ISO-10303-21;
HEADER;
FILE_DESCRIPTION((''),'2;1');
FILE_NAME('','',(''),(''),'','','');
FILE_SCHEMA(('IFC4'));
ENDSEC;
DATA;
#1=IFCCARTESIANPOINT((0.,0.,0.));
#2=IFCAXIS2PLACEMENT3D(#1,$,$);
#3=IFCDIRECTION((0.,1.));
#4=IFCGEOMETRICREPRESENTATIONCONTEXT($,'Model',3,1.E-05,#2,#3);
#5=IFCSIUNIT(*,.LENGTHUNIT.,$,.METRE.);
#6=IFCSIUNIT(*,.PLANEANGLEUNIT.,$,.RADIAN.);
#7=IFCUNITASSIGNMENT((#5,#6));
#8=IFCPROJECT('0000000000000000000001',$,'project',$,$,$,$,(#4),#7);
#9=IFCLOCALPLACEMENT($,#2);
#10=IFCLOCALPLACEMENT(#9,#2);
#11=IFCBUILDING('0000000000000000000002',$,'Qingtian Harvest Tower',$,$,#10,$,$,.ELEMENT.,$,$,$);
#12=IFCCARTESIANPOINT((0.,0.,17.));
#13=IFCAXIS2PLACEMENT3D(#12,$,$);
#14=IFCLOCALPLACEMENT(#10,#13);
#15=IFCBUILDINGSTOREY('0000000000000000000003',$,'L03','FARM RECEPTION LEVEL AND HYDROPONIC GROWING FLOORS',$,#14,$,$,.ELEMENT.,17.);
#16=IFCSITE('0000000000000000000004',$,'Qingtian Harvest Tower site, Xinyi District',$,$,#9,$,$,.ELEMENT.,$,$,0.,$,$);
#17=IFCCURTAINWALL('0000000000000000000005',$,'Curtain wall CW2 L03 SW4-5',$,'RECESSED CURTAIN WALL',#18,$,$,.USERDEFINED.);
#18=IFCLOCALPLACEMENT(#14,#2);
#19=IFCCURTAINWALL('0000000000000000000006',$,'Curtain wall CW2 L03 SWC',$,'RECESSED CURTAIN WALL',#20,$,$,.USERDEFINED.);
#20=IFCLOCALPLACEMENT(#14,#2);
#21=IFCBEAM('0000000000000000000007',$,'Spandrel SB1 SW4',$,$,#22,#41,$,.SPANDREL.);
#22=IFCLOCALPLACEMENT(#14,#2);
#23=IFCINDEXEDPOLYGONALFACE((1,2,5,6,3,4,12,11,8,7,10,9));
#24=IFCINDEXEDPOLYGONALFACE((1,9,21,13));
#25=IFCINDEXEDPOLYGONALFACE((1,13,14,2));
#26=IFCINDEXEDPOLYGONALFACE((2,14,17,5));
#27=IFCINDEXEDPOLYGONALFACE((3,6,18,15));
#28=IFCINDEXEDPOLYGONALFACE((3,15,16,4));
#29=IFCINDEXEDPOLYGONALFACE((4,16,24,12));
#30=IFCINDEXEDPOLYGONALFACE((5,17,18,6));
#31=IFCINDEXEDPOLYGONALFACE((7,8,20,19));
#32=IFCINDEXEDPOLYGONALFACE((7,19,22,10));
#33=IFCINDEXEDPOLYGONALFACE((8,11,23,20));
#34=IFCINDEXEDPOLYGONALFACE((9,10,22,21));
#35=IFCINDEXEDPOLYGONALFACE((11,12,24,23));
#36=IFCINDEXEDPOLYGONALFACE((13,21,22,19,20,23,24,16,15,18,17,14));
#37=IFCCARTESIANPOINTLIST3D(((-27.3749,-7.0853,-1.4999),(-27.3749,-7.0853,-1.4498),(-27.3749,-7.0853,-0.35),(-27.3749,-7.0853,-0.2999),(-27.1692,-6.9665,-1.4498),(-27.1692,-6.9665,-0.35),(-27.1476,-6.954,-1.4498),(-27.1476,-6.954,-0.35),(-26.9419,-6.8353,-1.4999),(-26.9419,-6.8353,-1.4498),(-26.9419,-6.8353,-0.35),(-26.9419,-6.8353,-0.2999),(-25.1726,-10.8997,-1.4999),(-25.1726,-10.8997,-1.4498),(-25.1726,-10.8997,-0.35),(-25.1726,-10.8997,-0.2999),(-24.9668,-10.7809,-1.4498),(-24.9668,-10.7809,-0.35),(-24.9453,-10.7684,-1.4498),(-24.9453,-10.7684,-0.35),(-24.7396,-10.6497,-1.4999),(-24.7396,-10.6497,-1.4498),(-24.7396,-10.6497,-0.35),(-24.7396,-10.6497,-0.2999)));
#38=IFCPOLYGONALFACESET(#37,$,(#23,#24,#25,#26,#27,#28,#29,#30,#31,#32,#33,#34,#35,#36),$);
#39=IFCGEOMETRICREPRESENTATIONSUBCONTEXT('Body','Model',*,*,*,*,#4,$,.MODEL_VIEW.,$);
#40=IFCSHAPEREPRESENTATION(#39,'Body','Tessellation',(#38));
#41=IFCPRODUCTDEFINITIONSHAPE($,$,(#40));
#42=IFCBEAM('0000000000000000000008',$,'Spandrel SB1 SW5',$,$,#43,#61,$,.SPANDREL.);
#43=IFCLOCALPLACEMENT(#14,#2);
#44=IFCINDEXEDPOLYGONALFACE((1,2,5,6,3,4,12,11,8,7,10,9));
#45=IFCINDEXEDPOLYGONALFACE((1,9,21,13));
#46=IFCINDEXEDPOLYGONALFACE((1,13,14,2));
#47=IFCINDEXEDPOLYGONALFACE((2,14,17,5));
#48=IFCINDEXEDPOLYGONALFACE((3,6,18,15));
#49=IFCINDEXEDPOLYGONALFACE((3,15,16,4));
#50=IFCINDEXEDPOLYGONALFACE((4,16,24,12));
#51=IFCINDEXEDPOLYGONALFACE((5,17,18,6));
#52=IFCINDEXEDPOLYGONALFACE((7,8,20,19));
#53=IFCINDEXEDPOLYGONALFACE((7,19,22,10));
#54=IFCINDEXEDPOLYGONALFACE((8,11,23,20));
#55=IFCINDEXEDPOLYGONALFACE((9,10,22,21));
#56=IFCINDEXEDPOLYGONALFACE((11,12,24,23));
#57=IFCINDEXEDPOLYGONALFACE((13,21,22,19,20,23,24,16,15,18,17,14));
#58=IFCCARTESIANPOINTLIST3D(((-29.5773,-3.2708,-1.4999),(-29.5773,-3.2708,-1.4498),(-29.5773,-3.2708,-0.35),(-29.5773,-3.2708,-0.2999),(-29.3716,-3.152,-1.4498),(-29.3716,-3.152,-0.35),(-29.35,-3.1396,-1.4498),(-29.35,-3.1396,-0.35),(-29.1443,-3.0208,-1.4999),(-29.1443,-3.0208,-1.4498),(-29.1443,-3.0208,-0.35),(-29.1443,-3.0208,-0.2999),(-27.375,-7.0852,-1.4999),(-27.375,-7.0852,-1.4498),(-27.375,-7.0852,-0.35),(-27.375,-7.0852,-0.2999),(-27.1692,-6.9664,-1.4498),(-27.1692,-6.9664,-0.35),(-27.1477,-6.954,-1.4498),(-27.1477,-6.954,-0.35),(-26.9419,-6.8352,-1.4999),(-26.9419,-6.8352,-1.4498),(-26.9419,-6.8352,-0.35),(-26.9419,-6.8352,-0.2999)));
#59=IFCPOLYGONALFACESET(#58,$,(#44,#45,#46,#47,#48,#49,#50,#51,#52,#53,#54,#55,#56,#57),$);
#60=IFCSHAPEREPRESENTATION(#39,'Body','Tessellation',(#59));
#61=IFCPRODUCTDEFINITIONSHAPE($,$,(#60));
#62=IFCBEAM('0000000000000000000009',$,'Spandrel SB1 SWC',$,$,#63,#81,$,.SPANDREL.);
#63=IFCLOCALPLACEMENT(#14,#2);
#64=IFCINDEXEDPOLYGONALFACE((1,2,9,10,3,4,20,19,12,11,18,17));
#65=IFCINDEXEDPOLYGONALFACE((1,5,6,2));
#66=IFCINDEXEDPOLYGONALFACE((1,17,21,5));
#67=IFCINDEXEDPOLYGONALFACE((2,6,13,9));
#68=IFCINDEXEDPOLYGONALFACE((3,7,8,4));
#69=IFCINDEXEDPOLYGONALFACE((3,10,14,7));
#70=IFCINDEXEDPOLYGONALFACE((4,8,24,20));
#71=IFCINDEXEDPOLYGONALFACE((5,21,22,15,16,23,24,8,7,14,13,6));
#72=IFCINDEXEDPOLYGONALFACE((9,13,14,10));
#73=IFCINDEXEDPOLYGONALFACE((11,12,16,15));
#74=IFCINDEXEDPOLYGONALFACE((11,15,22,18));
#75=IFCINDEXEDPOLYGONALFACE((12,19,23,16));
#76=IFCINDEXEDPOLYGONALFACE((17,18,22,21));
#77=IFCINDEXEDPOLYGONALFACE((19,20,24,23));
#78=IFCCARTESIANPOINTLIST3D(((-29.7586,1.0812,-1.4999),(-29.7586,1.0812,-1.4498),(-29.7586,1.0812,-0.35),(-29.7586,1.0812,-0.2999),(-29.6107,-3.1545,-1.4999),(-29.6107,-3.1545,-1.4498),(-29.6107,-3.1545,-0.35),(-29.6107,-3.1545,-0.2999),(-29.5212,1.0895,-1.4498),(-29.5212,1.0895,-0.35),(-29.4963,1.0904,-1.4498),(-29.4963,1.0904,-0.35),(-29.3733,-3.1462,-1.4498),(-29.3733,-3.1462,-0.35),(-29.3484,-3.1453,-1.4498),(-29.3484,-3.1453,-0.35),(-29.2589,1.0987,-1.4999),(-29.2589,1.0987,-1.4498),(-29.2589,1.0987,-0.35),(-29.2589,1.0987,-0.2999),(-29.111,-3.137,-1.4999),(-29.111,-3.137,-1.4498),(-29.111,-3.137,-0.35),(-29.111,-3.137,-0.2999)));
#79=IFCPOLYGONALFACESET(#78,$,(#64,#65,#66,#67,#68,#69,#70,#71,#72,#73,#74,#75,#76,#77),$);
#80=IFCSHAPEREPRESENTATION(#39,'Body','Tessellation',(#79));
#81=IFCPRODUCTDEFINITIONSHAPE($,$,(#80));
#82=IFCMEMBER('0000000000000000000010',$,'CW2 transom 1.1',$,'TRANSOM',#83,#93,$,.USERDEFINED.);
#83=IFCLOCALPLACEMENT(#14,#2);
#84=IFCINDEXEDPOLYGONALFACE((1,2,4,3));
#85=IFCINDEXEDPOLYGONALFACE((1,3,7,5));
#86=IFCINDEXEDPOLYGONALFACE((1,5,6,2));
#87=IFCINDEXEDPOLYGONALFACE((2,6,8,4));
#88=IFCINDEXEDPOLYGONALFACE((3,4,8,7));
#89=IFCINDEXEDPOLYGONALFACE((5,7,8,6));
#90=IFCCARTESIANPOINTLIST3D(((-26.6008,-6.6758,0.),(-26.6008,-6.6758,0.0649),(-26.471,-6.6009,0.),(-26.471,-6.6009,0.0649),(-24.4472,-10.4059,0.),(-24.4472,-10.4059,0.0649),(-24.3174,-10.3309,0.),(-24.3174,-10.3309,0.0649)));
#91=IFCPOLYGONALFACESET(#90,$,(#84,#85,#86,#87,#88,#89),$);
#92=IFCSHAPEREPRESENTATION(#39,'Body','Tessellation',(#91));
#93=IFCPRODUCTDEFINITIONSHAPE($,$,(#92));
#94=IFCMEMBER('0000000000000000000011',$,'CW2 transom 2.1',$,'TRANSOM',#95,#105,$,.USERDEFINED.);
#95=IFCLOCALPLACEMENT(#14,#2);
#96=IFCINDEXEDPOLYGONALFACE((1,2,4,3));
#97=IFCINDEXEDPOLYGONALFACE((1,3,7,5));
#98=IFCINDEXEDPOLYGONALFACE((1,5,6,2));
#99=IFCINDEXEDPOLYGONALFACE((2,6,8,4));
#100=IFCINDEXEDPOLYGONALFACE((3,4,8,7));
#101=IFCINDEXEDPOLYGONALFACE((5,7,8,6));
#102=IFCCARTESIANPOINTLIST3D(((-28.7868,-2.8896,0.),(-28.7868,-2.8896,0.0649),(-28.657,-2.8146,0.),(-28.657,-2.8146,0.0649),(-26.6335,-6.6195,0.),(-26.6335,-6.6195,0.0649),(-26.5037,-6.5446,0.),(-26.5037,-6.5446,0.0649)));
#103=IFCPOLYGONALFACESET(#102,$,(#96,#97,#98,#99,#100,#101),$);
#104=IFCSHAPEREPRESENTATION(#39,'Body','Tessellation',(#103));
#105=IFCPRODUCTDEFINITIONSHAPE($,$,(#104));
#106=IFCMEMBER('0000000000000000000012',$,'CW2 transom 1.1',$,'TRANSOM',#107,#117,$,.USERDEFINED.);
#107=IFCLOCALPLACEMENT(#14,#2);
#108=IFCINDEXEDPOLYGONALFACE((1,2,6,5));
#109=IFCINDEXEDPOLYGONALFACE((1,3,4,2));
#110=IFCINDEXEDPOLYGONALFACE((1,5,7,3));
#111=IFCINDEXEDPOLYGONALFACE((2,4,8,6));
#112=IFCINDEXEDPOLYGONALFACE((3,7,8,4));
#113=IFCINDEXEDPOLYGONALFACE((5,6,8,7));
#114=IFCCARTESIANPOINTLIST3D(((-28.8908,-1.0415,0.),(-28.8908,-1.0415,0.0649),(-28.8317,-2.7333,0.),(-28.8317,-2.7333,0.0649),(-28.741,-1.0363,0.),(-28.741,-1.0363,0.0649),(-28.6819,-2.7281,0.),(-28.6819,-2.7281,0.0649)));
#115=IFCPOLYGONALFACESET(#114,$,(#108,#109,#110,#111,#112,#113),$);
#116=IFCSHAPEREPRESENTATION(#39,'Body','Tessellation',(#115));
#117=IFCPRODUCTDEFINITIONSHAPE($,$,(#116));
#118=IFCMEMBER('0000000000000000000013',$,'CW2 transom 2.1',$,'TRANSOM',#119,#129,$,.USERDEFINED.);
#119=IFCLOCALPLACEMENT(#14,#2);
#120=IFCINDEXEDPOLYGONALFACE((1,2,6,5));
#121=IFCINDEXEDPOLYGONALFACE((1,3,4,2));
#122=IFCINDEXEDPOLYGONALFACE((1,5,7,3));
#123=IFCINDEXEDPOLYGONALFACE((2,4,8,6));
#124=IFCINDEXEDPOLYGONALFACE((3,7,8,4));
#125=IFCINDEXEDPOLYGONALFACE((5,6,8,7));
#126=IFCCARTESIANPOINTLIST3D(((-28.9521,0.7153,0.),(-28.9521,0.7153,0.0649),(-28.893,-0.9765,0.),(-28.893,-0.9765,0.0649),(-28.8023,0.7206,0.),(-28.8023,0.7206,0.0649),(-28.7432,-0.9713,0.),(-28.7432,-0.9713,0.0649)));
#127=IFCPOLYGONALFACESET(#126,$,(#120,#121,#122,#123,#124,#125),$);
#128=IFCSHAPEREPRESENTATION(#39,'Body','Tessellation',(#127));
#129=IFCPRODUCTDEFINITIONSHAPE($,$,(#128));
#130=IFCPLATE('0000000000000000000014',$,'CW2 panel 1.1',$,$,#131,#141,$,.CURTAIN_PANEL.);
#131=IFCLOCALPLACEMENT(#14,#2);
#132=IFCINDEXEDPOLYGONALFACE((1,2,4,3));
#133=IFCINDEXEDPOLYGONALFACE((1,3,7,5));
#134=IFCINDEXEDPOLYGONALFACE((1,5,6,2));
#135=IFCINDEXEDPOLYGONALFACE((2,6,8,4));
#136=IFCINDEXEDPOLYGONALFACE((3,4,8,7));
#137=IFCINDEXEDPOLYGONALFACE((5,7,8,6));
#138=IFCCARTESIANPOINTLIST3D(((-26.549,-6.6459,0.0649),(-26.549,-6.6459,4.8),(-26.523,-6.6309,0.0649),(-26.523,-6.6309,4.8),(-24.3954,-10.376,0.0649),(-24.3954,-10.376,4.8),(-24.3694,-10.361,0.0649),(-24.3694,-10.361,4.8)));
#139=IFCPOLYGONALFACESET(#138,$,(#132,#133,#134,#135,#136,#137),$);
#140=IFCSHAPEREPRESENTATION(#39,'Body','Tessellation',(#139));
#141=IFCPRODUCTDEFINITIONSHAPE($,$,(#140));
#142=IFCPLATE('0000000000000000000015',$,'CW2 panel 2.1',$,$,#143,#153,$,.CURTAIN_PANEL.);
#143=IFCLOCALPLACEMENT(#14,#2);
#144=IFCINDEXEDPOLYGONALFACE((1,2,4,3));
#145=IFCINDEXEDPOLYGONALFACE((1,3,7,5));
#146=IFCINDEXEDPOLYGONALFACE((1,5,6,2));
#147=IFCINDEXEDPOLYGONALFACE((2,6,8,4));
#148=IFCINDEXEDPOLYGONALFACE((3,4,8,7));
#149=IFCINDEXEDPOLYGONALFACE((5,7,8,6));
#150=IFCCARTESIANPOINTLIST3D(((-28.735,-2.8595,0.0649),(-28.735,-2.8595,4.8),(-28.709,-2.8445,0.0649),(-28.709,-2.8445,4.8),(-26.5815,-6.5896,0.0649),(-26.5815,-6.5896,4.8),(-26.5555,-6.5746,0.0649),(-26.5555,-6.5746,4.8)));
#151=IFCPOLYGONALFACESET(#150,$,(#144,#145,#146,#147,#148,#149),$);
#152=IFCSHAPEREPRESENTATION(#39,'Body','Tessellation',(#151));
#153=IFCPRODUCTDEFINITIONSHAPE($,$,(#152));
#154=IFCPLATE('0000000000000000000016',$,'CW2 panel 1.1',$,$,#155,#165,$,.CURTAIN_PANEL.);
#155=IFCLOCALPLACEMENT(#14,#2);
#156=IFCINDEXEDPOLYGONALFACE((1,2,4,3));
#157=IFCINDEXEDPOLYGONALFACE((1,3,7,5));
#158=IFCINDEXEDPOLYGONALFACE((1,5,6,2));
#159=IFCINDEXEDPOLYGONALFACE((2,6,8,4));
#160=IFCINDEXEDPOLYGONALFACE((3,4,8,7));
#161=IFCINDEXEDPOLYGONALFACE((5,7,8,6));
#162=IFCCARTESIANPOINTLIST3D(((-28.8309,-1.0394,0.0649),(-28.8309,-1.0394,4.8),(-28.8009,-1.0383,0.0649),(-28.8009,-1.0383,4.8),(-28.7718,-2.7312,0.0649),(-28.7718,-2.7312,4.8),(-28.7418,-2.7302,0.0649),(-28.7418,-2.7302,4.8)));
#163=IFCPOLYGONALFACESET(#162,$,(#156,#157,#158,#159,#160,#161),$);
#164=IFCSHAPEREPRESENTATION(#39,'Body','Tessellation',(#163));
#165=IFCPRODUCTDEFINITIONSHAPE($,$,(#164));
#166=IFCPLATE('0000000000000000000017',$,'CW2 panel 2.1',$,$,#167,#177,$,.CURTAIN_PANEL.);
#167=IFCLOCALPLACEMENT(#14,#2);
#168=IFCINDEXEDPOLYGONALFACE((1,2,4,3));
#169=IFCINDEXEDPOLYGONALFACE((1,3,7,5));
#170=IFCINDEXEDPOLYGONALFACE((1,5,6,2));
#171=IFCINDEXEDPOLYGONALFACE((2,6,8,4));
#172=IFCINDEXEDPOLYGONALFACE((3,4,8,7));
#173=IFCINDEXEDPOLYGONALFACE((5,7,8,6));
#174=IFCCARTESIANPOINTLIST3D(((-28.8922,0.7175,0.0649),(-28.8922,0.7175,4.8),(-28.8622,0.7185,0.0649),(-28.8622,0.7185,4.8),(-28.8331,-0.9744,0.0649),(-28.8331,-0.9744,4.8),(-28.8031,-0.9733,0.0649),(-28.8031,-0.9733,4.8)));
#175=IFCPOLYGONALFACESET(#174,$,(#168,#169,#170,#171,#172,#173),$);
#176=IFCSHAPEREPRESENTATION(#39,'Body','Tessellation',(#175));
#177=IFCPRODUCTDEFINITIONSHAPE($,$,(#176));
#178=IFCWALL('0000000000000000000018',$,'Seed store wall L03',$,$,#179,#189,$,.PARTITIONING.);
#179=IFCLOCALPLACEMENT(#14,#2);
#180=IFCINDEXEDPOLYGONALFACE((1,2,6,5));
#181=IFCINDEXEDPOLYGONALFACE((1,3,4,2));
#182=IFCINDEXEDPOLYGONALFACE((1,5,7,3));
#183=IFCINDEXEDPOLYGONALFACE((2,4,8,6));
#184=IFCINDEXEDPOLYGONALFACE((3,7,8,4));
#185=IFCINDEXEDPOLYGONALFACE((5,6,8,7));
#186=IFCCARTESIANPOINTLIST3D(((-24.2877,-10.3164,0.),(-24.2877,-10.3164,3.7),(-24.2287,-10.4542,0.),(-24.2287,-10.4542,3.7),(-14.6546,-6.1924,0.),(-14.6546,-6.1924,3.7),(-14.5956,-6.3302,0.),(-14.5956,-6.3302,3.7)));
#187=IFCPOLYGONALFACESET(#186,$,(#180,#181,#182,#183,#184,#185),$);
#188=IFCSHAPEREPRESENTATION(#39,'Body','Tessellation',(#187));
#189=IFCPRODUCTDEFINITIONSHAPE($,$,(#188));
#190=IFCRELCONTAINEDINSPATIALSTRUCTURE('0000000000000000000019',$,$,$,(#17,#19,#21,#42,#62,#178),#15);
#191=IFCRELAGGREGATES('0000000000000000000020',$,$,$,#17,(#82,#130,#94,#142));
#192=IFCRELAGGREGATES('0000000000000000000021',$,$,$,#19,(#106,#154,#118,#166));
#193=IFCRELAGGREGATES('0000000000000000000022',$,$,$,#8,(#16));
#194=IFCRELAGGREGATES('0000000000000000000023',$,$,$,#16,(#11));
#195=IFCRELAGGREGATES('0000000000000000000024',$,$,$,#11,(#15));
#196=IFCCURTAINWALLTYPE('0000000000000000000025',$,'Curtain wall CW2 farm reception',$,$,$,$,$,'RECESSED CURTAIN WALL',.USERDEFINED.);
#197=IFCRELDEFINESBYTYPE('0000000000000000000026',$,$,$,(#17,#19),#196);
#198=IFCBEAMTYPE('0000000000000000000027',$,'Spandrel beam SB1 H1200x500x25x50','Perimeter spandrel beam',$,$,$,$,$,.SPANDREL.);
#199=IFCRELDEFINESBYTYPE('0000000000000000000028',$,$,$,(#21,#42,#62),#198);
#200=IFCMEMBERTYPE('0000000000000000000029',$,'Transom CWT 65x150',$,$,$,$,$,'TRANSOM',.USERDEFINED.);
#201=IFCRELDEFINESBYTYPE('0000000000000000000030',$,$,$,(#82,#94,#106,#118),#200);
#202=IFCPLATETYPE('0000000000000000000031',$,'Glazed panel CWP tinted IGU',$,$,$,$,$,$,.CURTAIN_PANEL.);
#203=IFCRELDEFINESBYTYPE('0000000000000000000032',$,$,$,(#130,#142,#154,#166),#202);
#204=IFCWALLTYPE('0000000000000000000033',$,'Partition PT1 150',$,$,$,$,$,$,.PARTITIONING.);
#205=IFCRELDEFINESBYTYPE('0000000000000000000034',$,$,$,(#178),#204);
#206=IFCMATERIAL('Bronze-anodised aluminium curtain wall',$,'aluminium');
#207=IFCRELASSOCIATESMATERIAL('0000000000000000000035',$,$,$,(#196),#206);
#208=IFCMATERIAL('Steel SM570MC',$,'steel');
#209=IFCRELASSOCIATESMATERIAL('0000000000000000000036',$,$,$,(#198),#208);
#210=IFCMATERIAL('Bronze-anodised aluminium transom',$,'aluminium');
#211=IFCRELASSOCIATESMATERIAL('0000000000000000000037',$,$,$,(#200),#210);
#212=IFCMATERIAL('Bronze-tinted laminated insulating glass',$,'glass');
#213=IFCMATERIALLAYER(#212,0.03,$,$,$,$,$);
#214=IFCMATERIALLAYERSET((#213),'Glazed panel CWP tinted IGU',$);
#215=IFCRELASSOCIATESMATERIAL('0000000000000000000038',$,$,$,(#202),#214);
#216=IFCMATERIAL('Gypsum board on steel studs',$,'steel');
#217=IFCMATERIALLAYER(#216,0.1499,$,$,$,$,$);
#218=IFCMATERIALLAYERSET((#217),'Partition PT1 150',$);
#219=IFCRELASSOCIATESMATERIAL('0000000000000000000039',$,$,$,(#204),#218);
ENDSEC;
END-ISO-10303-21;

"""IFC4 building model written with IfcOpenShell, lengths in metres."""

from ifc_helpers import new_model, si_unit, direction, frame, frame_2d, origin, origin_2d, place, context, subcontext, project, spatial, rectangle, i_section, extrude, material, layer, layer_set, material_profile, profile_set, type_object, element, aggregate, save


model = new_model("IFC4")

# Units and contexts
model_context = context("Model", 3, precision=1e-05, world=origin(), true_north=direction((0.0, 1.0)))
body_context = subcontext(model_context, "Body", "Model", "MODEL_VIEW")
ifc_project = project(units=[si_unit("LENGTHUNIT", "METRE"), si_unit("PLANEANGLEUNIT", "RADIAN")], contexts=[model_context])

# Site, building, storey
site_placement = place(None, origin())
site = spatial("IfcSite", under=ifc_project, at=site_placement, Name="Qingtian Harvest Tower site, Xinyi District", CompositionType="ELEMENT", RefElevation=0.0)
building_placement = place(site_placement, origin())
building = spatial("IfcBuilding", under=site, at=building_placement, Name="Qingtian Harvest Tower", CompositionType="ELEMENT")
storey_placement = place(building_placement, frame((0.0, 0.0, 17.0)))
storey = spatial("IfcBuildingStorey", under=building, at=storey_placement, Name="L03", Description="FARM RECEPTION LEVEL AND HYDROPONIC GROWING FLOORS", CompositionType="ELEMENT", Elevation=17.0)

# Shared definitions
ifc_material_1 = material(Name="Bronze-anodised aluminium curtain wall", Category="aluminium")
curtain_wall_type = type_object("IfcCurtainWallType", Name="Curtain wall CW2 farm reception", ElementType="RECESSED CURTAIN WALL", PredefinedType="USERDEFINED", material=ifc_material_1)

# Curtain walls
curtain_wall_1_placement = place(storey_placement, origin())
curtain_wall_1 = element("IfcCurtainWall", 1, at=curtain_wall_1_placement, inside=storey, type_object=curtain_wall_type, Name="Curtain wall CW2 L03 SW4-5", ObjectType="RECESSED CURTAIN WALL", PredefinedType="USERDEFINED")
curtain_wall_2_placement = place(storey_placement, origin())
curtain_wall_2 = element("IfcCurtainWall", 2, at=curtain_wall_2_placement, inside=storey, type_object=curtain_wall_type, Name="Curtain wall CW2 L03 SWC", ObjectType="RECESSED CURTAIN WALL", PredefinedType="USERDEFINED")

# Beams
ifc_material_2 = material(Name="Steel SM570MC", Category="steel")
ifc_material_profile_1 = material_profile(ifc_material_2, i_section(OverallWidth=0.5, OverallDepth=1.2, WebThickness=0.0249, FlangeThickness=0.05, at=origin_2d()), Name="H1200x500x25x50")
ifc_profile_set_1 = profile_set([ifc_material_profile_1], Name="Steel SM570MC")
beam_type_1 = type_object("IfcBeamType", Name="Spandrel beam SB1 H1200x500x25x50", Description="Perimeter spandrel beam", PredefinedType="SPANDREL", material=ifc_profile_set_1)
for number, where, z_axis, x_axis, name in (
    (3, (-24.9561, -10.7747, -0.8999), (-0.50002, 0.866014, 0.0), (-0.866014, -0.50002, 0.0), "Spandrel SB1 SW4"),
    (4, (-27.1584, -6.9602, -0.8999), (-0.50002, 0.866014, 0.0), (-0.866014, -0.50002, 0.0), "Spandrel SB1 SW5"),
):
    element("IfcBeam", number, at=place(storey_placement, frame(where, z_axis=z_axis, x_axis=x_axis)), inside=storey, type_object=beam_type_1, Name=name, PredefinedType="SPANDREL", context=body_context, shape_type="SweptSolid", body=[
        extrude(i_section(OverallWidth=0.5, OverallDepth=1.2, WebThickness=0.0249, FlangeThickness=0.05, at=origin_2d()), origin(), (0.0, 0.0, 1.0), 4.4045),
    ])
beam_1_placement = place(storey_placement, frame((-29.3608, -3.1458, -0.8999), z_axis=(-0.034909, 0.999391, 0.0), x_axis=(-0.999391, -0.034909, 0.0)))
element("IfcBeam", 5, at=beam_1_placement, inside=storey, type_object=beam_type_1, Name="Spandrel SB1 SWC", PredefinedType="SPANDREL", context=body_context, shape_type="SweptSolid", body=[
    extrude(i_section(OverallWidth=0.5, OverallDepth=1.2, WebThickness=0.0249, FlangeThickness=0.05, at=origin_2d()), origin(), (0.0, 0.0, 1.0), 4.2383),
])

# Members
ifc_material_3 = material(Name="Bronze-anodised aluminium transom", Category="aluminium")
ifc_material_profile_2 = material_profile(ifc_material_3, rectangle(XDim=0.1499, YDim=0.0649, at=origin_2d()), Name="AL 65x150")
ifc_profile_set_2 = profile_set([ifc_material_profile_2], Name="Bronze-anodised aluminium transom")
member_type_1 = type_object("IfcMemberType", Name="Transom CWT 65x150", ElementType="TRANSOM", PredefinedType="USERDEFINED", material=ifc_profile_set_2)
member_1_placement = place(storey_placement, frame((-24.3823, -10.3684, 0.0325), z_axis=(-0.50001, 0.866019, 0.0), x_axis=(-0.866019, -0.50001, 0.0)))
member_1 = element("IfcMember", 6, at=member_1_placement, type_object=member_type_1, Name="CW2 transom 1.1", ObjectType="TRANSOM", PredefinedType="USERDEFINED", context=body_context, shape_type="SweptSolid", body=[
    extrude(rectangle(XDim=0.1499, YDim=0.0649, at=origin_2d()), origin(), (0.0, 0.0, 1.0), 4.3071),
])
member_2_placement = place(storey_placement, frame((-26.5686, -6.582, 0.0325), z_axis=(-0.499968, 0.866044, 0.0), x_axis=(-0.866044, -0.499968, 0.0)))
member_2 = element("IfcMember", 7, at=member_2_placement, type_object=member_type_1, Name="CW2 transom 2.1", ObjectType="TRANSOM", PredefinedType="USERDEFINED", context=body_context, shape_type="SweptSolid", body=[
    extrude(rectangle(XDim=0.1499, YDim=0.0649, at=origin_2d()), origin(), (0.0, 0.0, 1.0), 4.3069),
])
member_3_placement = place(storey_placement, frame((-28.7568, -2.7307, 0.0325), z_axis=(-0.034899, 0.999391, 0.0), x_axis=(-0.999391, -0.034899, 0.0)))
member_3 = element("IfcMember", 8, at=member_3_placement, type_object=member_type_1, Name="CW2 transom 1.1", ObjectType="TRANSOM", PredefinedType="USERDEFINED", context=body_context, shape_type="SweptSolid", body=[
    extrude(rectangle(XDim=0.1499, YDim=0.0649, at=origin_2d()), origin(), (0.0, 0.0, 1.0), 1.6929),
])
member_4_placement = place(storey_placement, frame((-28.8181, -0.9739, 0.0325), z_axis=(-0.034899, 0.999391, 0.0), x_axis=(-0.999391, -0.034899, 0.0)))
member_4 = element("IfcMember", 9, at=member_4_placement, type_object=member_type_1, Name="CW2 transom 2.1", ObjectType="TRANSOM", PredefinedType="USERDEFINED", context=body_context, shape_type="SweptSolid", body=[
    extrude(rectangle(XDim=0.1499, YDim=0.0649, at=origin_2d()), origin(), (0.0, 0.0, 1.0), 1.6929),
])

# Plates
ifc_material_4 = material(Name="Bronze-tinted laminated insulating glass", Category="glass")
ifc_layer_1 = layer(ifc_material_4, 0.03)
ifc_layer_set_1 = layer_set([ifc_layer_1], Name="Glazed panel CWP tinted IGU")
plate_type = type_object("IfcPlateType", Name="Glazed panel CWP tinted IGU", PredefinedType="CURTAIN_PANEL", material=ifc_layer_set_1)
plate_1_placement = place(storey_placement, frame((-25.4592, -8.5034, 0.0649), z_axis=(0.0, 0.0, 1.0), x_axis=(-0.5, 0.866025, 0.0)))
plate_1 = element("IfcPlate", 10, at=plate_1_placement, type_object=plate_type, Name="CW2 panel 1.1", PredefinedType="CURTAIN_PANEL", context=body_context, shape_type="SweptSolid", body=[
    extrude(rectangle(XDim=4.3071, YDim=0.03, at=origin_2d()), origin(), (0.0, 0.0, 1.0), 4.7351),
])
plate_2_placement = place(storey_placement, frame((-27.6453, -4.717, 0.0649), z_axis=(0.0, 0.0, 1.0), x_axis=(-0.5, 0.866025, 0.0)))
plate_2 = element("IfcPlate", 11, at=plate_2_placement, type_object=plate_type, Name="CW2 panel 2.1", PredefinedType="CURTAIN_PANEL", context=body_context, shape_type="SweptSolid", body=[
    extrude(rectangle(XDim=4.3071, YDim=0.03, at=origin_2d()), origin(), (0.0, 0.0, 1.0), 4.7351),
])
aggregate(curtain_wall_1, [member_1, plate_1, member_2, plate_2])
plate_3_placement = place(storey_placement, frame((-28.7864, -1.8848, 0.0649), z_axis=(0.0, 0.0, 1.0), x_axis=(-0.034899, 0.999391, 0.0)))
plate_3 = element("IfcPlate", 12, at=plate_3_placement, type_object=plate_type, Name="CW2 panel 1.1", PredefinedType="CURTAIN_PANEL", context=body_context, shape_type="SweptSolid", body=[
    extrude(rectangle(XDim=1.6929, YDim=0.03, at=origin_2d()), origin(), (0.0, 0.0, 1.0), 4.7351),
])
plate_4_placement = place(storey_placement, frame((-28.8477, -0.1279, 0.0649), z_axis=(0.0, 0.0, 1.0), x_axis=(-0.034899, 0.999391, 0.0)))
plate_4 = element("IfcPlate", 13, at=plate_4_placement, type_object=plate_type, Name="CW2 panel 2.1", PredefinedType="CURTAIN_PANEL", context=body_context, shape_type="SweptSolid", body=[
    extrude(rectangle(XDim=1.6929, YDim=0.03, at=origin_2d()), origin(), (0.0, 0.0, 1.0), 4.7351),
])
aggregate(curtain_wall_2, [member_3, plate_3, member_4, plate_4])

# Wall
ifc_material_5 = material(Name="Gypsum board on steel studs", Category="steel")
ifc_layer_2 = layer(ifc_material_5, 0.1499)
ifc_layer_set_2 = layer_set([ifc_layer_2], Name="Partition PT1 150")
wall_type_1 = type_object("IfcWallType", Name="Partition PT1 150", PredefinedType="PARTITIONING", material=ifc_layer_set_2)
wall_1_placement = place(storey_placement, frame((-24.2581, -10.3853, 0.0), z_axis=(0.0, 0.0, 1.0), x_axis=(0.919298, 0.393562, 0.0)))
element("IfcWall", 14, at=wall_1_placement, inside=storey, type_object=wall_type_1, Name="Seed store wall L03", PredefinedType="PARTITIONING", context=body_context, shape_type="SweptSolid", body=[
    extrude(rectangle(XDim=10.4788, YDim=0.1499, at=frame_2d((5.2393, 0.0))), origin(), (0.0, 0.0, 1.0), 3.7),
])

save(model, "model.ifc")
